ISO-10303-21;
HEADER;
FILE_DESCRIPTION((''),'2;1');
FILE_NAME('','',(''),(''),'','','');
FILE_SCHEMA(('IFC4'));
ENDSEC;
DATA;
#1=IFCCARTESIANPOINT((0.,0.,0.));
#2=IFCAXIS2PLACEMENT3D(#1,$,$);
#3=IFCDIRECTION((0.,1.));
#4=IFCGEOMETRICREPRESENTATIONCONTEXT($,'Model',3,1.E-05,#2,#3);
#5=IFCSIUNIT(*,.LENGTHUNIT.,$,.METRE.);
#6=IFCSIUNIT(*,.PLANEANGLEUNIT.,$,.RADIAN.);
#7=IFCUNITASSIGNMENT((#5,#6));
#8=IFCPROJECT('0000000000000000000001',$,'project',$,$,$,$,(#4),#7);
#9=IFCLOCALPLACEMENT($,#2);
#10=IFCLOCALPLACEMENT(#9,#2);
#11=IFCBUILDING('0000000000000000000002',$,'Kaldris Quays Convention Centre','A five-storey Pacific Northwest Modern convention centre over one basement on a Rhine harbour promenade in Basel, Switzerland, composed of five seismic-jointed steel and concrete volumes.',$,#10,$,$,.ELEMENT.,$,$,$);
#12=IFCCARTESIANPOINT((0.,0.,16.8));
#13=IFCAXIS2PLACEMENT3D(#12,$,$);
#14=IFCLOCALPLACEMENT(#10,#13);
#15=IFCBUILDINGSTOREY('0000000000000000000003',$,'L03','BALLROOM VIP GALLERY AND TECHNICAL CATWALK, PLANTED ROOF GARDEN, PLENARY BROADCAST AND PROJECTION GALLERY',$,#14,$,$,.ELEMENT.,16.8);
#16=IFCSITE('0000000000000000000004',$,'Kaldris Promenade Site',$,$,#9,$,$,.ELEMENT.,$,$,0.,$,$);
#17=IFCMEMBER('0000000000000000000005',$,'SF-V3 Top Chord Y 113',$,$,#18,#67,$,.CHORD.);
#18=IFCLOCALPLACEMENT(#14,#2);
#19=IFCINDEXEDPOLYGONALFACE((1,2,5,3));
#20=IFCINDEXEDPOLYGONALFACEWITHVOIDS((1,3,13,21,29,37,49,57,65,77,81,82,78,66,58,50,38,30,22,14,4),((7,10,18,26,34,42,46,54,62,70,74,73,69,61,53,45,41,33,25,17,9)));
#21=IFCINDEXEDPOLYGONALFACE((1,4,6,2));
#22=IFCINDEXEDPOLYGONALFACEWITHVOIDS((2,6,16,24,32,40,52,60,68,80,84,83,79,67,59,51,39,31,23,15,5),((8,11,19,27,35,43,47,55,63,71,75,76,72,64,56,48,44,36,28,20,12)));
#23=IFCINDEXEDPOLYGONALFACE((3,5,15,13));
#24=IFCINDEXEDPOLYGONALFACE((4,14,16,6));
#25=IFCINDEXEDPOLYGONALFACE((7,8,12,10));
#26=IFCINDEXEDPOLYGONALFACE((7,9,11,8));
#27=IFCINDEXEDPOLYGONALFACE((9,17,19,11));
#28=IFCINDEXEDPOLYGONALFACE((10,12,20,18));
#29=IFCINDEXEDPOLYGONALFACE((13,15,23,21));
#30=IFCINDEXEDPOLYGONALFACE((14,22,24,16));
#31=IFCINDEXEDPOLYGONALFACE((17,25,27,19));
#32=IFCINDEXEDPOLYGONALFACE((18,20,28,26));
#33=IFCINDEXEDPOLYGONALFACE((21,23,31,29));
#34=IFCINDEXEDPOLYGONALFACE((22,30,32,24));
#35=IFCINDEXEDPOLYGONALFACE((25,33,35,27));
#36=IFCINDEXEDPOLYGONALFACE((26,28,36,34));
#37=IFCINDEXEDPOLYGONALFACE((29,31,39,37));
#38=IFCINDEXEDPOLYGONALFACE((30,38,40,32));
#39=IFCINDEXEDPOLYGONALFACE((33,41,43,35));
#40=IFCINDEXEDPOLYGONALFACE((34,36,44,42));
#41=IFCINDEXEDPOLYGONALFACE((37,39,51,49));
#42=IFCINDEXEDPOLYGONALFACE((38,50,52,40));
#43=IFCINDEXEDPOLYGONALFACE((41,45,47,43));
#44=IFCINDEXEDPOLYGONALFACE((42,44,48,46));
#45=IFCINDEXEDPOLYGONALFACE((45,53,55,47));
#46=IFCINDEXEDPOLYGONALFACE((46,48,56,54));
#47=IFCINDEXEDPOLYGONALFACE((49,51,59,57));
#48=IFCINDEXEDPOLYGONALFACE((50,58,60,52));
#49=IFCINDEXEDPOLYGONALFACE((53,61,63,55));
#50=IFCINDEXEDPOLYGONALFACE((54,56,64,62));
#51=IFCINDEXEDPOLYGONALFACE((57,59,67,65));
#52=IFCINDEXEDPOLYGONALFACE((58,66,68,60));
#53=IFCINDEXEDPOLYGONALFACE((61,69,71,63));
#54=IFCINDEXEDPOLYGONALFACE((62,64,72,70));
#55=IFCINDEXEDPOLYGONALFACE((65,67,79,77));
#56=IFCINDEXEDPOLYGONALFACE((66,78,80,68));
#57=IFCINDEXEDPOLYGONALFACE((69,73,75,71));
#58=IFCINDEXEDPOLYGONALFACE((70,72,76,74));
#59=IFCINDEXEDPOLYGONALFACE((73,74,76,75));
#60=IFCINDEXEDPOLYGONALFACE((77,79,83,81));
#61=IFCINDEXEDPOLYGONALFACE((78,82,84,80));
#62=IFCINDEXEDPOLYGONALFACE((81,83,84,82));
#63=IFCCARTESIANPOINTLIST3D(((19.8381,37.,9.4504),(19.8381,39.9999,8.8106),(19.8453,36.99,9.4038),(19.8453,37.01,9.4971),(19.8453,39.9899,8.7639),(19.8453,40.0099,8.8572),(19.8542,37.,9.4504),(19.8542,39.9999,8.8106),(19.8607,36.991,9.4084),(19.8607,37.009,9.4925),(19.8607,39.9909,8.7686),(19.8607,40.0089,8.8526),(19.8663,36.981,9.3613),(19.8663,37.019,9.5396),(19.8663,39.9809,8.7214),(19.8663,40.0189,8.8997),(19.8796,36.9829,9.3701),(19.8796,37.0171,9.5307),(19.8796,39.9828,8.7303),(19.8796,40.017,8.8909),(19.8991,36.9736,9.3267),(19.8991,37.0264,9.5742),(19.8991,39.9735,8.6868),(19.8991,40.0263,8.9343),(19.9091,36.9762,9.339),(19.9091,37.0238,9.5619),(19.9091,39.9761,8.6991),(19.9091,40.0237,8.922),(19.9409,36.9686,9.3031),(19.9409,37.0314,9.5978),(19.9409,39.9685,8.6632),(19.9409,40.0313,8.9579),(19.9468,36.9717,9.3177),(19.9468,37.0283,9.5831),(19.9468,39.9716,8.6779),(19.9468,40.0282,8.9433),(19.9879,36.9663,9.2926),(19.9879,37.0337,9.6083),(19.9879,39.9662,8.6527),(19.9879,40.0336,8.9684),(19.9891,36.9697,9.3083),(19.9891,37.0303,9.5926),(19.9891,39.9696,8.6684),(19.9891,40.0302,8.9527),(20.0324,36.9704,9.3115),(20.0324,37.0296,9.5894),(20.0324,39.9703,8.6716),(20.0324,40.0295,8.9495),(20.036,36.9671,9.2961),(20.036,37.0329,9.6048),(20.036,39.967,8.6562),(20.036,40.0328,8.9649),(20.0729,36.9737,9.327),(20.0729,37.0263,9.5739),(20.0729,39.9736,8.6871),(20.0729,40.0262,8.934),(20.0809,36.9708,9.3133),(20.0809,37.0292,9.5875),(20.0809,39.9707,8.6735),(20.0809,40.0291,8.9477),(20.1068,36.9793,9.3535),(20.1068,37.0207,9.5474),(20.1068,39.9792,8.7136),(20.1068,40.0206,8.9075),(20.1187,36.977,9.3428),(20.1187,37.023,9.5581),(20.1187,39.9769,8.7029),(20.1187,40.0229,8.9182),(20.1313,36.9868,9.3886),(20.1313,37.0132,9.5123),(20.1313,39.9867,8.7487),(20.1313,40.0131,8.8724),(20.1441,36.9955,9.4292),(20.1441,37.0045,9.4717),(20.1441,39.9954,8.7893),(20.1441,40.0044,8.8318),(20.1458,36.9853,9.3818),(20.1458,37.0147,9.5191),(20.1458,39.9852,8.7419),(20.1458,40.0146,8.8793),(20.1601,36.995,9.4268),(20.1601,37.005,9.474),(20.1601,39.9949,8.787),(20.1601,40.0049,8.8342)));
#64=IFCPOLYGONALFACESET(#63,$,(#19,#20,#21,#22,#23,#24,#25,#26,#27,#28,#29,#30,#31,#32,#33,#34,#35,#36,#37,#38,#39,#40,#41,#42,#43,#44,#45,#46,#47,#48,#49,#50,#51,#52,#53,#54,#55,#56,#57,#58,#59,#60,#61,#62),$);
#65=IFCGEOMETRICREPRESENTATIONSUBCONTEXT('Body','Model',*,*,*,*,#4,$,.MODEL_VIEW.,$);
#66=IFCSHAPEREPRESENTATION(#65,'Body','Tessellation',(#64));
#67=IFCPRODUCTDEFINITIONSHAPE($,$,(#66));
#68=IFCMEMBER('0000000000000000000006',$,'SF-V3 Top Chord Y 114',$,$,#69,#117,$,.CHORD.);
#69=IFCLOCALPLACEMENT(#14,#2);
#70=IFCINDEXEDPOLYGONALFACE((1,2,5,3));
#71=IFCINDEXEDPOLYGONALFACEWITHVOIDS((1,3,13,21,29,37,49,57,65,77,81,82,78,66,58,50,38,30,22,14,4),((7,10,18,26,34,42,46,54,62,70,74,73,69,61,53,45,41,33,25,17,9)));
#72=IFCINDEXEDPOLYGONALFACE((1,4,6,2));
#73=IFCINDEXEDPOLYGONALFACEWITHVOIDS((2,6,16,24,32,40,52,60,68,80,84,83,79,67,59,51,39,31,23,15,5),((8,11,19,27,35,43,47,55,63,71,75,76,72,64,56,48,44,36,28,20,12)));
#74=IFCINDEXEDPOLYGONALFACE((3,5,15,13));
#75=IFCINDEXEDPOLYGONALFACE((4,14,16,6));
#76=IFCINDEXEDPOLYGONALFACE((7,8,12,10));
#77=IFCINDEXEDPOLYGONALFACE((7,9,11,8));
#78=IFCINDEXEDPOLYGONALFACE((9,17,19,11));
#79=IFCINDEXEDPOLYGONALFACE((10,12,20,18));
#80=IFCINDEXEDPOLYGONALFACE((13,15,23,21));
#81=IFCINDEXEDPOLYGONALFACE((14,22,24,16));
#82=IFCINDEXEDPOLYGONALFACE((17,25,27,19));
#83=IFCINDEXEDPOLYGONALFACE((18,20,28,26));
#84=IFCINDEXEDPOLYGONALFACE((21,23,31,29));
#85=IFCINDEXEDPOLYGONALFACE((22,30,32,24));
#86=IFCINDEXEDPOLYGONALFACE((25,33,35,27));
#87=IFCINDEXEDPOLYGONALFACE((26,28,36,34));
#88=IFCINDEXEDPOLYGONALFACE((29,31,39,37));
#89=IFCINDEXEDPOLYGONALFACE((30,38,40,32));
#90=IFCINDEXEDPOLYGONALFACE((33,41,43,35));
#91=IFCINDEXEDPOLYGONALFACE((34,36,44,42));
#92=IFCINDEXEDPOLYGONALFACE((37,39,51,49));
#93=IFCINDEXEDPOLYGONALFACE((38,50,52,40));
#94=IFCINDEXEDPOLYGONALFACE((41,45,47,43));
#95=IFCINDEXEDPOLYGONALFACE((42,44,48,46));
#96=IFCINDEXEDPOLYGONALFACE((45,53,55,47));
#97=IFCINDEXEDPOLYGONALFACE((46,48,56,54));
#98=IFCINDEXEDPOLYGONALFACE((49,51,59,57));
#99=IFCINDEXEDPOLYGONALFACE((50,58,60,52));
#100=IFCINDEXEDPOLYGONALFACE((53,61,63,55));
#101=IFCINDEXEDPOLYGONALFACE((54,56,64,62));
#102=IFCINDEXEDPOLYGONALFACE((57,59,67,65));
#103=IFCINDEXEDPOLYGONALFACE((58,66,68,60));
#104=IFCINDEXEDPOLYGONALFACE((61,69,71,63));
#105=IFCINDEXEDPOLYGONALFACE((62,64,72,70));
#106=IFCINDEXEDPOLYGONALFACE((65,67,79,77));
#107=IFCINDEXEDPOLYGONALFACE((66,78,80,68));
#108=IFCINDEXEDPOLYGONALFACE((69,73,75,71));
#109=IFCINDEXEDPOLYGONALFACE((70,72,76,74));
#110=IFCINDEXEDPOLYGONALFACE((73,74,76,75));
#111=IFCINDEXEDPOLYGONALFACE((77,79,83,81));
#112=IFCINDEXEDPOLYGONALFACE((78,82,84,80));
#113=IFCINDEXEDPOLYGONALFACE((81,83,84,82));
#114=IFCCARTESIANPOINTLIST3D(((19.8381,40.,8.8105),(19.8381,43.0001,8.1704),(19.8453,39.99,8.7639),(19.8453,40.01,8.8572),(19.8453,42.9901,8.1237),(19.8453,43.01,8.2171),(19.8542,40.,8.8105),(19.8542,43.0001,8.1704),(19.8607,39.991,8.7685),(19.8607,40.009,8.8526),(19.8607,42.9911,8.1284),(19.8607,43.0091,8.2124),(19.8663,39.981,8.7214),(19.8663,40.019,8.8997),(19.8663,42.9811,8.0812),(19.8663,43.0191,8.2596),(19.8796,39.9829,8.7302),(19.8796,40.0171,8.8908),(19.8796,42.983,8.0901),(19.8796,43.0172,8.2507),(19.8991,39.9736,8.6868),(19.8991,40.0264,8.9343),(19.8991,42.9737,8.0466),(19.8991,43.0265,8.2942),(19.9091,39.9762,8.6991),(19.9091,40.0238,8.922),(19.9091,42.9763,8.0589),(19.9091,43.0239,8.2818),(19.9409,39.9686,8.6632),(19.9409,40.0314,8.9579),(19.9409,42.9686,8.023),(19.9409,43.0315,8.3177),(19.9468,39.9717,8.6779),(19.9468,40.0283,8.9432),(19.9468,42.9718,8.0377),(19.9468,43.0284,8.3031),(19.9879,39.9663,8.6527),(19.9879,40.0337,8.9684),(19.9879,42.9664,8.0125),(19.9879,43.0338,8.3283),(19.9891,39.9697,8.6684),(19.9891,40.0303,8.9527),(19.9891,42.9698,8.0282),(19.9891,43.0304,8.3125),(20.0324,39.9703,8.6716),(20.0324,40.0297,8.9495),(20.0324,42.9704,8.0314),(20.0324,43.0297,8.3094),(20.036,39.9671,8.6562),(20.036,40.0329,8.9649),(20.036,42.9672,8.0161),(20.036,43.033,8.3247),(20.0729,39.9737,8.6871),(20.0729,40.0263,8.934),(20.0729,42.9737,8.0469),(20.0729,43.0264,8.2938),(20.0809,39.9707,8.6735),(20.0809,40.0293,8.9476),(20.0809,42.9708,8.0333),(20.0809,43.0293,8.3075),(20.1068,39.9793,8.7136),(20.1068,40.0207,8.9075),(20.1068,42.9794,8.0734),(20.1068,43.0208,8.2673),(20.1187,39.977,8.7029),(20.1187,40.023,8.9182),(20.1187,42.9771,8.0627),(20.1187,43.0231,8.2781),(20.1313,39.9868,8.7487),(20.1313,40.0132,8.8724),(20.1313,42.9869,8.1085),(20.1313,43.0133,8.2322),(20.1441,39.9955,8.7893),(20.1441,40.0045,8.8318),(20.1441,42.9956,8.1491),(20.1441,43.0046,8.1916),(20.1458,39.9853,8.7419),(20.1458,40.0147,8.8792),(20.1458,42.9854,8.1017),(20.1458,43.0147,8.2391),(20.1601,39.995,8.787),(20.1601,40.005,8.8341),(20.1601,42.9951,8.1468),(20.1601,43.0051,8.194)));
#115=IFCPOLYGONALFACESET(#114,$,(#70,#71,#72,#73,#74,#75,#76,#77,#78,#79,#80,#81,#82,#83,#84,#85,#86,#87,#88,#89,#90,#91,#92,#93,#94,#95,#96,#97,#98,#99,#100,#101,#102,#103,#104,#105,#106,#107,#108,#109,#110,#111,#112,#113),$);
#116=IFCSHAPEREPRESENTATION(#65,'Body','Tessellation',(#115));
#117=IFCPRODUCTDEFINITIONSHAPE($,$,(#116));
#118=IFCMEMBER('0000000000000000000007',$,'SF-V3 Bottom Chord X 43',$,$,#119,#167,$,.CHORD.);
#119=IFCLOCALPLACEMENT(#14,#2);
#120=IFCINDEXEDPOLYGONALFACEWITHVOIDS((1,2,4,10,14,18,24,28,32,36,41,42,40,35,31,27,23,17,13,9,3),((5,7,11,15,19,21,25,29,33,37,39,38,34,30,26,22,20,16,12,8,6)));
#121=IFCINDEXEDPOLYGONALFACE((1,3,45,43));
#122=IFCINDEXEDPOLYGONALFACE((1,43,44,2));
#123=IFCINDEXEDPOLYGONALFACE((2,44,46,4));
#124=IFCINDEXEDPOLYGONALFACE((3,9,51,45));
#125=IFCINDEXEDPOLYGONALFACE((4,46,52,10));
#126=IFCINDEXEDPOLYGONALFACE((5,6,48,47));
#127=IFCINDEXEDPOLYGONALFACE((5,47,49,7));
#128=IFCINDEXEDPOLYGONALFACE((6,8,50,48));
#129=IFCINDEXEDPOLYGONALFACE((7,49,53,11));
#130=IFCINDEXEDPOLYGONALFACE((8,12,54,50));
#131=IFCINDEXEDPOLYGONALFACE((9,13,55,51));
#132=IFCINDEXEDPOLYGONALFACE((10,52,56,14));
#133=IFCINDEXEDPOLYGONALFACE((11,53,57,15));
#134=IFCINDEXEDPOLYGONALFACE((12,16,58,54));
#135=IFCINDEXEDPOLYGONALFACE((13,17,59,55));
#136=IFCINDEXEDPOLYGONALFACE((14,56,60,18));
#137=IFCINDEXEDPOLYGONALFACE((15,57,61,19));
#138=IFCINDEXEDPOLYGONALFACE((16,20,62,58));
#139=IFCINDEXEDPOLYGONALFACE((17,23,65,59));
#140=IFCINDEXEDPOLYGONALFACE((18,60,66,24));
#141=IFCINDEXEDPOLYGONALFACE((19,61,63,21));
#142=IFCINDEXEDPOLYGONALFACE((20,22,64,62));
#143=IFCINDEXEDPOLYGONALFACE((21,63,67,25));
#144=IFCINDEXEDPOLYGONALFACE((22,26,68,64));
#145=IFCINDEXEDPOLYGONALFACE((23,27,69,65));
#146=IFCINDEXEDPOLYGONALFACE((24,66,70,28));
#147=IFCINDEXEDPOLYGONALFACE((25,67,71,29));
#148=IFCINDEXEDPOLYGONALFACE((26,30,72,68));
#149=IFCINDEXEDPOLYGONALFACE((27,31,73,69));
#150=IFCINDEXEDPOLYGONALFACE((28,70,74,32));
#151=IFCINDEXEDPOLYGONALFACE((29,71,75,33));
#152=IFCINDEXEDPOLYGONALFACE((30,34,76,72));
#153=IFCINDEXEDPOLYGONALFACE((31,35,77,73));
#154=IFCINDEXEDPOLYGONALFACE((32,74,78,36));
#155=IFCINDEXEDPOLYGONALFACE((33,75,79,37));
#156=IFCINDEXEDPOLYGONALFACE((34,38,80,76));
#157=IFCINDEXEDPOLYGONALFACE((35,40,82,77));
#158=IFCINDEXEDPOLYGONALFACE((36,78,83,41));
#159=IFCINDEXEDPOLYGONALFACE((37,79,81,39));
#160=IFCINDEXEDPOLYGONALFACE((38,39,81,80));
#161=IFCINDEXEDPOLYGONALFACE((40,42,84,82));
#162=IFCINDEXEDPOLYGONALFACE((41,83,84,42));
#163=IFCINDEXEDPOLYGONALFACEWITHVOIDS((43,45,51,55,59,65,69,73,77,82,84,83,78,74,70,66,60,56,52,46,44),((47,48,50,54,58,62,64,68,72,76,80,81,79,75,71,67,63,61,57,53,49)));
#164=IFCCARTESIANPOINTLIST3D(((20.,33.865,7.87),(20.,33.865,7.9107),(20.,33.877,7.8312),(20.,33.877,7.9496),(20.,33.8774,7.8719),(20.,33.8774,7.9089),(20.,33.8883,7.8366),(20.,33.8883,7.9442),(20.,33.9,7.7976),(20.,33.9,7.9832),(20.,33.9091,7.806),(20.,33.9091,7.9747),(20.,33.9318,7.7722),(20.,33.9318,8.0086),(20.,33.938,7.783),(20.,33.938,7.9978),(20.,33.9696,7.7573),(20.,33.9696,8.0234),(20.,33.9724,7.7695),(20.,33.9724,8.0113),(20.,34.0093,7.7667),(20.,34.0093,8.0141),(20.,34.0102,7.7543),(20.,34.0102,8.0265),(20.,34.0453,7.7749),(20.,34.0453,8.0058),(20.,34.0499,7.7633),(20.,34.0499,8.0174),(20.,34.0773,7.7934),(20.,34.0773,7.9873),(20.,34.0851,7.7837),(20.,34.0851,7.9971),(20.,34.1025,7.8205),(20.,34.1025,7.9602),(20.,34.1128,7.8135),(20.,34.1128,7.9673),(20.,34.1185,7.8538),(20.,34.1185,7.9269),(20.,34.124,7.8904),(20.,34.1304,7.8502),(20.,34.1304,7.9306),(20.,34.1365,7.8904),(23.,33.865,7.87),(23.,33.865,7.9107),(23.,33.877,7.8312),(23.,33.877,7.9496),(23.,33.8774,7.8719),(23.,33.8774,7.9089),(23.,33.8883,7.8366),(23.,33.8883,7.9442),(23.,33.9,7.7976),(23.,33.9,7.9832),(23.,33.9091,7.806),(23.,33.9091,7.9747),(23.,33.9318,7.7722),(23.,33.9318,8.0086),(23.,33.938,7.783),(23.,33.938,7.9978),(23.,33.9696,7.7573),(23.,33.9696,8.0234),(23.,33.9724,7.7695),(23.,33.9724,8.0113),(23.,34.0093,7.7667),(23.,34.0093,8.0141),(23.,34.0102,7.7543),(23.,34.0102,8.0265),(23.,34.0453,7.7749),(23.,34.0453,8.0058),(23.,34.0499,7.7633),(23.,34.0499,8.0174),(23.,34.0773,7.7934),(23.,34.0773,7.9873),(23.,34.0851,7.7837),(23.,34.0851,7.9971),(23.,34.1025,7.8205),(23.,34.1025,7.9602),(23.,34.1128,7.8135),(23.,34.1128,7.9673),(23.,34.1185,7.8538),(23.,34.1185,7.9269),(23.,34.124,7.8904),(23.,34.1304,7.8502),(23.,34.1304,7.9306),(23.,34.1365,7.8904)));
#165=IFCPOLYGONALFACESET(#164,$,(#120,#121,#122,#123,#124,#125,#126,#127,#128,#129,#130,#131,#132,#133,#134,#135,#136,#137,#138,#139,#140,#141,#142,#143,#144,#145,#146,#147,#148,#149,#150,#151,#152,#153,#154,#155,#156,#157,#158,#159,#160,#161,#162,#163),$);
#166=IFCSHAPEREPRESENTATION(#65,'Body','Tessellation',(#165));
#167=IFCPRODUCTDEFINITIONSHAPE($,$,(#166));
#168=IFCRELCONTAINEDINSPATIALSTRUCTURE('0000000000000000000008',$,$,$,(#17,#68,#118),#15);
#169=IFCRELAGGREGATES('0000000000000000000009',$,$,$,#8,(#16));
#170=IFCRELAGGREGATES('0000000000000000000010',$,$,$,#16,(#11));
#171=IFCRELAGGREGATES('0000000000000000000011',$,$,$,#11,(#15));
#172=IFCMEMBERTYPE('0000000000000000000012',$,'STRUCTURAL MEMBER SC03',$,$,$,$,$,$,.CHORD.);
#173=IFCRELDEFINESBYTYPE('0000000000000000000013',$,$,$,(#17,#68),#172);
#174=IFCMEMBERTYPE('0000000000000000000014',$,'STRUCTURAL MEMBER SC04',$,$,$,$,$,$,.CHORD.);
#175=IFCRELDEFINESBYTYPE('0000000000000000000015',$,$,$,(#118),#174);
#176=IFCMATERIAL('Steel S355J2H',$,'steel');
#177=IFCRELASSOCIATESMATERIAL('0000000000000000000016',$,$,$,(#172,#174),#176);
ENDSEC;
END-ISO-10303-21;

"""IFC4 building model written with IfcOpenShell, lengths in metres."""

from ifc_helpers import new_model, si_unit, direction, frame, origin, origin_2d, place, context, subcontext, project, spatial, hollow_circle, extrude, material, material_profile, profile_set, type_object, element, save


model = new_model("IFC4")

# Units and contexts
model_context = context("Model", 3, precision=1e-05, world=origin(), true_north=direction((0.0, 1.0)))
body_context = subcontext(model_context, "Body", "Model", "MODEL_VIEW")
ifc_project = project(units=[si_unit("LENGTHUNIT", "METRE"), si_unit("PLANEANGLEUNIT", "RADIAN")], contexts=[model_context])

# Site, building, storey
site_placement = place(None, origin())
site = spatial("IfcSite", under=ifc_project, at=site_placement, Name="Kaldris Promenade Site", CompositionType="ELEMENT", RefElevation=0.0)
building_placement = place(site_placement, origin())
building = spatial("IfcBuilding", under=site, at=building_placement, Name="Kaldris Quays Convention Centre", Description="A five-storey Pacific Northwest Modern convention centre over one basement on a Rhine harbour promenade in Basel, Switzerland, composed of five seismic-jointed steel and concrete volumes.", CompositionType="ELEMENT")
storey_placement = place(building_placement, frame((0.0, 0.0, 16.8)))
storey = spatial("IfcBuildingStorey", under=building, at=storey_placement, Name="L03", Description="BALLROOM VIP GALLERY AND TECHNICAL CATWALK, PLANTED ROOF GARDEN, PLENARY BROADCAST AND PROJECTION GALLERY", CompositionType="ELEMENT", Elevation=16.8)

# Members
ifc_material_1 = material(Name="Steel S355J2H", Category="steel")
ifc_material_profile_1 = material_profile(ifc_material_1, hollow_circle(Radius=0.1619, WallThickness=0.0161, at=origin_2d()), Name="CHS 323.9x16")
ifc_profile_set_1 = profile_set([ifc_material_profile_1], Name="Steel S355J2H")
member_type_1 = type_object("IfcMemberType", Name="STRUCTURAL MEMBER SC03", PredefinedType="CHORD", material=ifc_profile_set_1)
member_1_placement = place(storey_placement, frame((20.0, 37.0, 9.4504), z_axis=(0.0, 0.978, -0.208605), x_axis=(-1.0, 0.0, 0.0)))
element("IfcMember", 1, at=member_1_placement, inside=storey, type_object=member_type_1, Name="SF-V3 Top Chord Y 113", PredefinedType="CHORD", context=body_context, shape_type="SweptSolid", body=[
    extrude(hollow_circle(Radius=0.1619, WallThickness=0.0161, at=origin_2d()), origin(), (0.0, 0.0, 1.0), 3.0674),
])
member_2_placement = place(storey_placement, frame((20.0, 40.0, 8.8105), z_axis=(0.0, 0.977984, -0.208681), x_axis=(-1.0, 0.0, 0.0)))
element("IfcMember", 2, at=member_2_placement, inside=storey, type_object=member_type_1, Name="SF-V3 Top Chord Y 114", PredefinedType="CHORD", context=body_context, shape_type="SweptSolid", body=[
    extrude(hollow_circle(Radius=0.1619, WallThickness=0.0161, at=origin_2d()), origin(), (0.0, 0.0, 1.0), 3.0676),
])
ifc_material_profile_2 = material_profile(ifc_material_1, hollow_circle(Radius=0.1365, WallThickness=0.0125, at=origin_2d()), Name="CHS 273x12.5")
ifc_profile_set_2 = profile_set([ifc_material_profile_2], Name="Steel S355J2H")
member_type_2 = type_object("IfcMemberType", Name="STRUCTURAL MEMBER SC04", PredefinedType="CHORD", material=ifc_profile_set_2)
for number, where, z_axis, x_axis, name in (
    (3, (20.0, 34.0, 7.8904), (1.0, 0.0, 0.0), (0.0, 1.0, 0.0), "SF-V3 Bottom Chord X 43"),
):
    element("IfcMember", number, at=place(storey_placement, frame(where, z_axis=z_axis, x_axis=x_axis)), inside=storey, type_object=member_type_2, Name=name, PredefinedType="CHORD", context=body_context, shape_type="SweptSolid", body=[
        extrude(hollow_circle(Radius=0.1365, WallThickness=0.0125, at=origin_2d()), origin(), (0.0, 0.0, 1.0), 3.0),
    ])

save(model, "model.ifc")
